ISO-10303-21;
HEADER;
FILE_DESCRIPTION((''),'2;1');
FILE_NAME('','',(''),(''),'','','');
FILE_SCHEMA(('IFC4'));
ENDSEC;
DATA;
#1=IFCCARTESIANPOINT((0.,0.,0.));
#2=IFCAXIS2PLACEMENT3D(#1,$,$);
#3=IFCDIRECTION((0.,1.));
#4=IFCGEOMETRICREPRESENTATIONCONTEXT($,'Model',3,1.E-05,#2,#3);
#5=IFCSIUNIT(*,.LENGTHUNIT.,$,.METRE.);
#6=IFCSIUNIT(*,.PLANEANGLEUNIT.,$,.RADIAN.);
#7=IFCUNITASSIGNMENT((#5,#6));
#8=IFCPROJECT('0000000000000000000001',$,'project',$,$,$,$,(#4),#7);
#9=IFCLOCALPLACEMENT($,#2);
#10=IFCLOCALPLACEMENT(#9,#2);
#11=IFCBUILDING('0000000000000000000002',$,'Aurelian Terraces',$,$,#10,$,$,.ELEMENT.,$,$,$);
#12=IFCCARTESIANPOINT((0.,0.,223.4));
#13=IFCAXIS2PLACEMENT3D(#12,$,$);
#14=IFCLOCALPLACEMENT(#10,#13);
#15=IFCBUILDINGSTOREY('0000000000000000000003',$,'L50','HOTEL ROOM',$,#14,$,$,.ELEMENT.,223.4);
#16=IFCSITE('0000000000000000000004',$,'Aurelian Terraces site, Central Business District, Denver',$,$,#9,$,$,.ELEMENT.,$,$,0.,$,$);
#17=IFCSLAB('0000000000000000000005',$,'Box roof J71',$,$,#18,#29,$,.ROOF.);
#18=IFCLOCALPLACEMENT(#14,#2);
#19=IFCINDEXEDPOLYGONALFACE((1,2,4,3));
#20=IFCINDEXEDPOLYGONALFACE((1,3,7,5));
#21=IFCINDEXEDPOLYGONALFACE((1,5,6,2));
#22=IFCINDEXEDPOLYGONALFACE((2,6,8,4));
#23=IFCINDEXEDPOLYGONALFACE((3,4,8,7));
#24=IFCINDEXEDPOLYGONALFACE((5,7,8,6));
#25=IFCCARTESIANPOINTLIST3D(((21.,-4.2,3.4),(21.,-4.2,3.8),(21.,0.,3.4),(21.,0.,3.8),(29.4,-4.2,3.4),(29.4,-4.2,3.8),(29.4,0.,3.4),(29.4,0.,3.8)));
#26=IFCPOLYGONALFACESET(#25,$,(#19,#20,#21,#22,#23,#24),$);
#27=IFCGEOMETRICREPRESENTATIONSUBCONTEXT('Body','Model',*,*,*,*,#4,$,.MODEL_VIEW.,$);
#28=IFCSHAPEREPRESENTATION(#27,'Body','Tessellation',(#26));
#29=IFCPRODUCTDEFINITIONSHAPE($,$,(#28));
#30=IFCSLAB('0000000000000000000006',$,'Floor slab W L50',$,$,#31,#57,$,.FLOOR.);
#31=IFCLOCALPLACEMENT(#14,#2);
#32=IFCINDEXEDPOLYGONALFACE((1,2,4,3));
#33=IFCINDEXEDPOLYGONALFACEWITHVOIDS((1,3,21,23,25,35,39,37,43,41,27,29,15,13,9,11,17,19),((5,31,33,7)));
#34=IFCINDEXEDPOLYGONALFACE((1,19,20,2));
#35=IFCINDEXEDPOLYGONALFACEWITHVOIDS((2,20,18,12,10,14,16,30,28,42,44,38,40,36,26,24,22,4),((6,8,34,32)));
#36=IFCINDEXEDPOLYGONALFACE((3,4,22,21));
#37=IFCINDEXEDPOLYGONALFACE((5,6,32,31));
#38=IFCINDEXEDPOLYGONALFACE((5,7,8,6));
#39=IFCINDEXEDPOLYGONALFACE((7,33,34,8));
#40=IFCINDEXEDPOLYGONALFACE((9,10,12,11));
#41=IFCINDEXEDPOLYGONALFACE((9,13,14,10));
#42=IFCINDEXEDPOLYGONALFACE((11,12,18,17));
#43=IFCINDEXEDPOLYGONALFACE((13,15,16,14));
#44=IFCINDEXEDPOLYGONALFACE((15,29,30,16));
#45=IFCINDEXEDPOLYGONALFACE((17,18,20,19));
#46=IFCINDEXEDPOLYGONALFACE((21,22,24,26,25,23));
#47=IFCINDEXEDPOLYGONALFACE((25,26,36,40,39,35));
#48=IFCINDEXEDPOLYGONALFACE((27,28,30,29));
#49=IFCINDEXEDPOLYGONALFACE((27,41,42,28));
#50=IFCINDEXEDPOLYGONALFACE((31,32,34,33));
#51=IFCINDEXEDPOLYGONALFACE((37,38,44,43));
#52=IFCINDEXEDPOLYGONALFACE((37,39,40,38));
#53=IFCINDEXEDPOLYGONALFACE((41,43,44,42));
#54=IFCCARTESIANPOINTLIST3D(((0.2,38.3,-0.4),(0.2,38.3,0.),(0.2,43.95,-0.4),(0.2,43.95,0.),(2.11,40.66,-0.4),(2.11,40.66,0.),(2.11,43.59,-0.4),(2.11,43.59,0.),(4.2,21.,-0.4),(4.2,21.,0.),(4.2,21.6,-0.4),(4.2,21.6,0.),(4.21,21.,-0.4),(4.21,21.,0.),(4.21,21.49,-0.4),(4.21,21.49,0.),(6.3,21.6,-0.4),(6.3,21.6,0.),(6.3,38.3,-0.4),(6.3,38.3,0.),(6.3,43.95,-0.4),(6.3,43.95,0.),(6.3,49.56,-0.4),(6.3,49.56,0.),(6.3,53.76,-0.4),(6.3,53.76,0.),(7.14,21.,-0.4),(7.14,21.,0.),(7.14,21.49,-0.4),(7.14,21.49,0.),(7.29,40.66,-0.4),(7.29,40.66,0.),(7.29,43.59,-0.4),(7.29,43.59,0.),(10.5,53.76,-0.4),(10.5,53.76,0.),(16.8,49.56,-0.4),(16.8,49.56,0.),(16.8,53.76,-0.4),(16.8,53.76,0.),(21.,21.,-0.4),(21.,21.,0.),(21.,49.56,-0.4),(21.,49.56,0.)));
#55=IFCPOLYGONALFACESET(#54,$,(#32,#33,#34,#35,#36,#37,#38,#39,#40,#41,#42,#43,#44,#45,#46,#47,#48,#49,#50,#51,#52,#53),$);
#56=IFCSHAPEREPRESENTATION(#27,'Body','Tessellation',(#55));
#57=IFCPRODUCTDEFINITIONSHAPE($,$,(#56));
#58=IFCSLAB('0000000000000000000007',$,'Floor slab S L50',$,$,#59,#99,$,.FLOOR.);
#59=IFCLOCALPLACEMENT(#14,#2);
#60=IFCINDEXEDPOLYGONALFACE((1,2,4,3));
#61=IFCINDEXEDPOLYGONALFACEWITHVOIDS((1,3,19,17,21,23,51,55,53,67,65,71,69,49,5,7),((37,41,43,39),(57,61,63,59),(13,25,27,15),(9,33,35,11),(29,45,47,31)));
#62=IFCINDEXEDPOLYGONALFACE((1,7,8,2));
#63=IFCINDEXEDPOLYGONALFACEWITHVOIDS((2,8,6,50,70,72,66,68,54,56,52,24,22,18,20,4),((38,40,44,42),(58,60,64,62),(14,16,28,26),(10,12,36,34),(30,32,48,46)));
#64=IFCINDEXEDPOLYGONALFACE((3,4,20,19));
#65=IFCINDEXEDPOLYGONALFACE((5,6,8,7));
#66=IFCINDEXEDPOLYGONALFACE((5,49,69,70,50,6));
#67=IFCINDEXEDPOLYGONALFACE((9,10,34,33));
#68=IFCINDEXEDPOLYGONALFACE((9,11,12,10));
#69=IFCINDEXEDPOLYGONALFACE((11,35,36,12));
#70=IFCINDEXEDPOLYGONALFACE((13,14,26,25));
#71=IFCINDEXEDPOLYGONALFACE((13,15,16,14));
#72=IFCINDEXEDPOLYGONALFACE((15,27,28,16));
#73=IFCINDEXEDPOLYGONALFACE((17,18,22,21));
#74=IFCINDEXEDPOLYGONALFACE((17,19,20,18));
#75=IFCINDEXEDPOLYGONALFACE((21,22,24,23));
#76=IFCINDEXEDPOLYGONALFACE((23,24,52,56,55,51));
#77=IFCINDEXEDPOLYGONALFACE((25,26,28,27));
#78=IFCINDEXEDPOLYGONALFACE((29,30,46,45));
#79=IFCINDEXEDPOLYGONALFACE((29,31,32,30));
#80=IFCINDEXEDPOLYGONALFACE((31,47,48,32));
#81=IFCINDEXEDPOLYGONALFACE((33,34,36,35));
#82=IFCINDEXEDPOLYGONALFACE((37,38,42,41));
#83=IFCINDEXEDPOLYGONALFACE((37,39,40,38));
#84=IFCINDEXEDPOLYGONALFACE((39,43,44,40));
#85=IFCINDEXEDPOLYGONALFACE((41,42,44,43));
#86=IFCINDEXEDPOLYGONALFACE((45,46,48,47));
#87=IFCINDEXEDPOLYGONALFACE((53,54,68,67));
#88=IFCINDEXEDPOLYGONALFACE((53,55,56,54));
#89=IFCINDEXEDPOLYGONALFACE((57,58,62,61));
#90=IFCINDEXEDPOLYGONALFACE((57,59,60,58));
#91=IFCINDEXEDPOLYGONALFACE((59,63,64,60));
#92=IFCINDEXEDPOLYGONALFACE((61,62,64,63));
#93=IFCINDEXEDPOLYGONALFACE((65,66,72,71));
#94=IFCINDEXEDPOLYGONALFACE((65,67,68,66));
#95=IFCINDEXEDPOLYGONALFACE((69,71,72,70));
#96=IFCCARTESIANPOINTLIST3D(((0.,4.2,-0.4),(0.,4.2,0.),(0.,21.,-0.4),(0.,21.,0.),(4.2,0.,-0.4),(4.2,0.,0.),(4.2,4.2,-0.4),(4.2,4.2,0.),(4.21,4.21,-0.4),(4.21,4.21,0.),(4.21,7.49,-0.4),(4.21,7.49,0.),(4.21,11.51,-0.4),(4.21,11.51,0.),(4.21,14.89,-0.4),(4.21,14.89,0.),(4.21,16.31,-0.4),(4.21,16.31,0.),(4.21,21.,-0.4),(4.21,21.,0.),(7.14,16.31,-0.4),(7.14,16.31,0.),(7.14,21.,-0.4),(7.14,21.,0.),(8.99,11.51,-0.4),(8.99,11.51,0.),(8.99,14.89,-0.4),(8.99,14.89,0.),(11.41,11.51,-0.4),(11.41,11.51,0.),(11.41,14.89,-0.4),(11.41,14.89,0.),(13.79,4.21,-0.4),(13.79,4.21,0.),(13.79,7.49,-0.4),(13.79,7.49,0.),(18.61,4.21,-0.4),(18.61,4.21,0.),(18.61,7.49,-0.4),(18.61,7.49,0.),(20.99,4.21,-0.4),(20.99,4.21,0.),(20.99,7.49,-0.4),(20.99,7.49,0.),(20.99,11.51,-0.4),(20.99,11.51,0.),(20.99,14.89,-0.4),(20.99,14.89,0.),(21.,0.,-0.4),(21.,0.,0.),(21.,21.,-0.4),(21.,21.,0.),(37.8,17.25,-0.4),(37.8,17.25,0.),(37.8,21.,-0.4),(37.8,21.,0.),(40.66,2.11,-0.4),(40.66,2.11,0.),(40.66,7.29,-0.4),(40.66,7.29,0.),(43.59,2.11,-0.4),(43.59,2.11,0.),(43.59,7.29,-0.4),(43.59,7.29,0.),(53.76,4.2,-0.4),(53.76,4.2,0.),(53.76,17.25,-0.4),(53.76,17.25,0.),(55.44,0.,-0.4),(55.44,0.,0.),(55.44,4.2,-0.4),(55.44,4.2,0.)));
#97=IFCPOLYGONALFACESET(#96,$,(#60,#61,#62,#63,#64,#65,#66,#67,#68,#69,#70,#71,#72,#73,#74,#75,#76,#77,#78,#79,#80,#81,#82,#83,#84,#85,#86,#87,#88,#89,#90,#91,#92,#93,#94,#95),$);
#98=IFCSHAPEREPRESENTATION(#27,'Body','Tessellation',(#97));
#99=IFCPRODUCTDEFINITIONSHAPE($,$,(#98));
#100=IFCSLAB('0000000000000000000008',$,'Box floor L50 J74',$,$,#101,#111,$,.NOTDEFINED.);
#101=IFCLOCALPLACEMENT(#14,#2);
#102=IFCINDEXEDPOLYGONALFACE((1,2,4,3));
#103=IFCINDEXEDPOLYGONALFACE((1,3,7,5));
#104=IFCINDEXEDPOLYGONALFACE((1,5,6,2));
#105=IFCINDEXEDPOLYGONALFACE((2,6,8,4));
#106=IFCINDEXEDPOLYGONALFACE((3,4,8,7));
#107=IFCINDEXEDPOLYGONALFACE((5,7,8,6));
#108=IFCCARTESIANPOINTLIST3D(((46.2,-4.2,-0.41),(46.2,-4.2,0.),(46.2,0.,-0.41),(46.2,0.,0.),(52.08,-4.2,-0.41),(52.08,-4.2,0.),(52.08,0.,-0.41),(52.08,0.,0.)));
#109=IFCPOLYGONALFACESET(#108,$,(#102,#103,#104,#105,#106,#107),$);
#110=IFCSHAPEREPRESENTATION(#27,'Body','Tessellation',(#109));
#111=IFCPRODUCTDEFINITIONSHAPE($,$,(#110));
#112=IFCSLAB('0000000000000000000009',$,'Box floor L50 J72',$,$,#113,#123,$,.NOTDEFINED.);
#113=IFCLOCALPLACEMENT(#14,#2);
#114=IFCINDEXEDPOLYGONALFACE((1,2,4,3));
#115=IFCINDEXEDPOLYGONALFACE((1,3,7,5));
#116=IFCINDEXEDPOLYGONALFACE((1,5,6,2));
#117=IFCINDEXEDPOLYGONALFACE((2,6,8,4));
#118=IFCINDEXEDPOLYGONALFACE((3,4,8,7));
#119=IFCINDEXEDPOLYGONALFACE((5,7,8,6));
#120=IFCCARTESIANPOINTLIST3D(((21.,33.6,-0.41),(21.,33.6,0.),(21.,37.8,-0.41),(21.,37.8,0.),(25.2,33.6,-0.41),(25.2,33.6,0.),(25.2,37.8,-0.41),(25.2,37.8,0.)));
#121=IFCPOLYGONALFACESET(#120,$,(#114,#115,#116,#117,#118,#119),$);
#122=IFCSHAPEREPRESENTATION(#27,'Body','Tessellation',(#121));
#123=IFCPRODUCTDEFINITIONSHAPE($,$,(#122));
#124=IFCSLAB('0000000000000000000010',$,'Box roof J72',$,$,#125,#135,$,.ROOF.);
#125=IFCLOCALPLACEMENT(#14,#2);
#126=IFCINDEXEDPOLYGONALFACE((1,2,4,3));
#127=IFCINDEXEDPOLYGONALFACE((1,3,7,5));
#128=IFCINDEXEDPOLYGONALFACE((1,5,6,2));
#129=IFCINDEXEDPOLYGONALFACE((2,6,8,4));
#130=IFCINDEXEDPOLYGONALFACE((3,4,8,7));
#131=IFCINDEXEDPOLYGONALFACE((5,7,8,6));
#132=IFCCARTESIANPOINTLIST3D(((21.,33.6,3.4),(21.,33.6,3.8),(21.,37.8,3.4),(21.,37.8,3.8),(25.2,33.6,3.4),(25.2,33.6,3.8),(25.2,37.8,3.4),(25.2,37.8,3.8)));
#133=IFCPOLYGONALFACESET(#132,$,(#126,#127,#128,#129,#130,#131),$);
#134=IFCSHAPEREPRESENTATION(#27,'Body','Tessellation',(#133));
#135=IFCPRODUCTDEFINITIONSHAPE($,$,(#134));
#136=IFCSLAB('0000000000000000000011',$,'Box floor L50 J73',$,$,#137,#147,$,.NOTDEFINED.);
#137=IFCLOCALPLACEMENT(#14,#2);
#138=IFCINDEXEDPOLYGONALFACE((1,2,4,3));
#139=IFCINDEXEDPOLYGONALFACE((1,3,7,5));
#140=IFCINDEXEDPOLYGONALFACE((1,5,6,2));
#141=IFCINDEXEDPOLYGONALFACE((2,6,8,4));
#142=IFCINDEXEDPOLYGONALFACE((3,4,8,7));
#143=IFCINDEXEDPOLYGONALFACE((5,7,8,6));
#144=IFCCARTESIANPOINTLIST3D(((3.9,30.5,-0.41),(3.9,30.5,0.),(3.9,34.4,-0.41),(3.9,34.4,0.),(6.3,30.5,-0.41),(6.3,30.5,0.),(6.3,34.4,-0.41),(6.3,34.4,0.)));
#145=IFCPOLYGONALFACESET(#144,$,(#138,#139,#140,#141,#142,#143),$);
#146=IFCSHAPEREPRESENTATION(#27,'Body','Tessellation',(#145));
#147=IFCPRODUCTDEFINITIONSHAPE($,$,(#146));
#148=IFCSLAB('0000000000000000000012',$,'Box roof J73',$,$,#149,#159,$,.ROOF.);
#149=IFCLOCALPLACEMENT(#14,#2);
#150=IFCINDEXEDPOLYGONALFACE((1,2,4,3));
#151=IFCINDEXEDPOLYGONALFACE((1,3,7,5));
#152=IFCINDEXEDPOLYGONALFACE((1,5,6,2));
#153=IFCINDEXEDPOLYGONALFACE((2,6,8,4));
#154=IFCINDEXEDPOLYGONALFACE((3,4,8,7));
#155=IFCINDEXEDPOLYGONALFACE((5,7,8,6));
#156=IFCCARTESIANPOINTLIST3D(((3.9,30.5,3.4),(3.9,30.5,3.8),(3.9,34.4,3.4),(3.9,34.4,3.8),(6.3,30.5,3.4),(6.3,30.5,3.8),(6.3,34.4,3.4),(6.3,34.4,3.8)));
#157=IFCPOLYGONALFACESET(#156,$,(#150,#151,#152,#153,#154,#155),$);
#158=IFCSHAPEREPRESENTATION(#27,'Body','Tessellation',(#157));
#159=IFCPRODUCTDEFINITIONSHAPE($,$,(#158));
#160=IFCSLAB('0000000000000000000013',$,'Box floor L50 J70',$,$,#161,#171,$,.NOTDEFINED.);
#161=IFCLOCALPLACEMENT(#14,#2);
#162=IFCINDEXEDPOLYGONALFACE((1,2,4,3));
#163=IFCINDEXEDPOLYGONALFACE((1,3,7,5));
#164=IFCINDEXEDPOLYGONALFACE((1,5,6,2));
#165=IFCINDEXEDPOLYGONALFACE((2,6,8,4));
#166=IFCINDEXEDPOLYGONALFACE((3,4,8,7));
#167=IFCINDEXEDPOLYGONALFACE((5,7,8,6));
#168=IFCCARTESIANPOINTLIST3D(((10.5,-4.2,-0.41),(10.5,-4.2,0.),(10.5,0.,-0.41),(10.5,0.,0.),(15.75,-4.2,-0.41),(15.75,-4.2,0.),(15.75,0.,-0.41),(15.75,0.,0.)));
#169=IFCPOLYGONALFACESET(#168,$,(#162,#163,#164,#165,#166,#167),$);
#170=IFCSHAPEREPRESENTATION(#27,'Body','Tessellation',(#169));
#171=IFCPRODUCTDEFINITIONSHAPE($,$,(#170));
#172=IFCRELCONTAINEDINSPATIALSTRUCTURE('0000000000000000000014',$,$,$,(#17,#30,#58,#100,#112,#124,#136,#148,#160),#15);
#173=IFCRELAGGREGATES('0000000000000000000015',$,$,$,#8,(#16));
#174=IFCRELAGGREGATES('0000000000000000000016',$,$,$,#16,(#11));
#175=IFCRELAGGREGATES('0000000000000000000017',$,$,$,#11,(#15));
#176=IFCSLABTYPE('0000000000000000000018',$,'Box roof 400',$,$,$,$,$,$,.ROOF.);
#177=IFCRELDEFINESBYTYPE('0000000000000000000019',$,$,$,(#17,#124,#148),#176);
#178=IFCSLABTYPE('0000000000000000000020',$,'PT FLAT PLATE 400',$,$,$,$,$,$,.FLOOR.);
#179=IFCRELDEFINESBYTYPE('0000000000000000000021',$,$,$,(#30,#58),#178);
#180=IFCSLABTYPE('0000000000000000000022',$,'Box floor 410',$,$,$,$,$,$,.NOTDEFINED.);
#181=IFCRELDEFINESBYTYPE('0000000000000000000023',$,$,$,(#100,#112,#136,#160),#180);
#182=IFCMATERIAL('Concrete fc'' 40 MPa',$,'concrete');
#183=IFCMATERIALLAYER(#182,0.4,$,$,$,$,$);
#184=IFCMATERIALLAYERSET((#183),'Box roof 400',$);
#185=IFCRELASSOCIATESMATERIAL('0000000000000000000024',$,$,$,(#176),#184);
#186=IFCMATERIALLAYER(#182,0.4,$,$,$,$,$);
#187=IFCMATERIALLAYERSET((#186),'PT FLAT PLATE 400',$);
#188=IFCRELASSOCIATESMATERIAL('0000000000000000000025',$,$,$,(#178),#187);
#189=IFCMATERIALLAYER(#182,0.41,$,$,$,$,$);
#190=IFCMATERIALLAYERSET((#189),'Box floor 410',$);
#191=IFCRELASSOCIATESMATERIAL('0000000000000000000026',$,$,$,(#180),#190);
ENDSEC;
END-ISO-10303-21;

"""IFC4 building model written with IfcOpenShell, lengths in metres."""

from ifc_helpers import new_model, si_unit, direction, frame, origin, place, context, subcontext, project, spatial, polyline, outline, extrude, source, transform, mapped, material, layer, layer_set, type_object, element, save


model = new_model("IFC4")

# Units and contexts
model_context = context("Model", 3, precision=1e-05, world=origin(), true_north=direction((0.0, 1.0)))
body_context = subcontext(model_context, "Body", "Model", "MODEL_VIEW")
ifc_project = project(units=[si_unit("LENGTHUNIT", "METRE"), si_unit("PLANEANGLEUNIT", "RADIAN")], contexts=[model_context])

# Site, building, storey
site_placement = place(None, origin())
site = spatial("IfcSite", under=ifc_project, at=site_placement, Name="Aurelian Terraces site, Central Business District, Denver", CompositionType="ELEMENT", RefElevation=0.0)
building_placement = place(site_placement, origin())
building = spatial("IfcBuilding", under=site, at=building_placement, Name="Aurelian Terraces", CompositionType="ELEMENT")
storey_placement = place(building_placement, frame((0.0, 0.0, 223.4)))
storey = spatial("IfcBuildingStorey", under=building, at=storey_placement, Name="L50", Description="HOTEL ROOM", CompositionType="ELEMENT", Elevation=223.4)

# Slabs
ifc_material_1 = material(Name="Concrete fc' 40 MPa", Category="concrete")
ifc_layer_1 = layer(ifc_material_1, 0.4)
ifc_layer_set_1 = layer_set([ifc_layer_1], Name="Box roof 400")
slab_type_1 = type_object("IfcSlabType", Name="Box roof 400", PredefinedType="ROOF", material=ifc_layer_set_1)
slab_1_placement = place(storey_placement, frame((0.0, 0.0, 3.4)))
element("IfcSlab", 1, at=slab_1_placement, inside=storey, type_object=slab_type_1, Name="Box roof J71", PredefinedType="ROOF", context=body_context, shape_type="SweptSolid", body=[
    extrude(outline(polyline([(21.0, -4.2), (29.4, -4.2), (29.4, 0.0), (21.0, 0.0), (21.0, -4.2)])), origin(), (0.0, 0.0, 1.0), 0.4),
])
ifc_layer_2 = layer(ifc_material_1, 0.4)
ifc_layer_set_2 = layer_set([ifc_layer_2], Name="PT FLAT PLATE 400")
slab_type_2 = type_object("IfcSlabType", Name="PT FLAT PLATE 400", PredefinedType="FLOOR", material=ifc_layer_set_2)
shared_shape_1 = source(origin(), body_context, "Body", "SweptSolid", [
    extrude(outline(polyline([(6.3, 43.95), (6.3, 49.56), (6.3, 53.76), (10.5, 53.76), (16.8, 53.76), (16.8, 49.56), (21.0, 49.56), (21.0, 21.0), (7.14, 21.0), (7.14, 21.49), (4.21, 21.49), (4.21, 21.0), (4.2, 21.0), (4.2, 21.6), (6.3, 21.6), (6.3, 38.3), (0.2, 38.3), (0.2, 43.95), (6.3, 43.95)]), holes=[polyline([(7.29, 43.59), (2.11, 43.59), (2.11, 40.66), (7.29, 40.66), (7.29, 43.59)])]), origin(), (0.0, 0.0, 1.0), 0.4),
])
slab_2_placement = place(storey_placement, frame((0.0, 0.0, -0.4)))
element("IfcSlab", 2, at=slab_2_placement, inside=storey, type_object=slab_type_2, Name="Floor slab W L50", PredefinedType="FLOOR", context=body_context, shape_type="MappedRepresentation", body=[
    mapped(shared_shape_1, transform((0.0, 0.0, 0.0), scale=1.0)),
])
shared_shape_2 = source(origin(), body_context, "Body", "SweptSolid", [
    extrude(outline(polyline([(21.0, 0.0), (4.2, 0.0), (4.2, 4.2), (0.0, 4.2), (0.0, 21.0), (4.21, 21.0), (4.21, 16.31), (7.14, 16.31), (7.14, 21.0), (21.0, 21.0), (37.8, 21.0), (37.8, 17.25), (53.76, 17.25), (53.76, 4.2), (55.44, 4.2), (55.44, 0.0), (21.0, 0.0)]), holes=[polyline([(40.66, 2.11), (43.59, 2.11), (43.59, 7.29), (40.66, 7.29), (40.66, 2.11)]), polyline([(18.61, 7.49), (18.61, 4.21), (20.99, 4.21), (20.99, 7.49), (18.61, 7.49)]), polyline([(20.99, 14.89), (11.41, 14.89), (11.41, 11.51), (20.99, 11.51), (20.99, 14.89)]), polyline([(4.21, 7.49), (4.21, 4.21), (13.79, 4.21), (13.79, 7.49), (4.21, 7.49)]), polyline([(4.21, 14.89), (4.21, 11.51), (8.99, 11.51), (8.99, 14.89), (4.21, 14.89)])]), origin(), (0.0, 0.0, 1.0), 0.4),
])
slab_3_placement = place(storey_placement, frame((0.0, 0.0, -0.4)))
element("IfcSlab", 3, at=slab_3_placement, inside=storey, type_object=slab_type_2, Name="Floor slab S L50", PredefinedType="FLOOR", context=body_context, shape_type="MappedRepresentation", body=[
    mapped(shared_shape_2, transform((0.0, 0.0, 0.0), scale=1.0)),
])
ifc_layer_3 = layer(ifc_material_1, 0.41)
ifc_layer_set_3 = layer_set([ifc_layer_3], Name="Box floor 410")
slab_type_3 = type_object("IfcSlabType", Name="Box floor 410", PredefinedType="NOTDEFINED", material=ifc_layer_set_3)
shared_shape_3 = source(origin(), body_context, "Body", "SweptSolid", [
    extrude(outline(polyline([(46.2, -4.2), (52.08, -4.2), (52.08, 0.0), (46.2, 0.0), (46.2, -4.2)])), origin(), (0.0, 0.0, 1.0), 0.41),
])
slab_4_placement = place(storey_placement, frame((0.0, 0.0, -0.41)))
element("IfcSlab", 4, at=slab_4_placement, inside=storey, type_object=slab_type_3, Name="Box floor L50 J74", PredefinedType="NOTDEFINED", context=body_context, shape_type="MappedRepresentation", body=[
    mapped(shared_shape_3, transform((0.0, 0.0, 0.0), scale=1.0)),
])
shared_shape_4 = source(origin(), body_context, "Body", "SweptSolid", [
    extrude(outline(polyline([(25.2, 33.6), (25.2, 37.8), (21.0, 37.8), (21.0, 33.6), (25.2, 33.6)])), origin(), (0.0, 0.0, 1.0), 0.41),
])
slab_5_placement = place(storey_placement, frame((0.0, 0.0, -0.41)))
element("IfcSlab", 5, at=slab_5_placement, inside=storey, type_object=slab_type_3, Name="Box floor L50 J72", PredefinedType="NOTDEFINED", context=body_context, shape_type="MappedRepresentation", body=[
    mapped(shared_shape_4, transform((0.0, 0.0, 0.0), scale=1.0)),
])
shared_shape_5 = source(origin(), body_context, "Body", "SweptSolid", [
    extrude(outline(polyline([(25.2, 33.6), (25.2, 37.8), (21.0, 37.8), (21.0, 33.6), (25.2, 33.6)])), origin(), (0.0, 0.0, 1.0), 0.4),
])
slab_6_placement = place(storey_placement, frame((0.0, 0.0, 3.4)))
element("IfcSlab", 6, at=slab_6_placement, inside=storey, type_object=slab_type_1, Name="Box roof J72", PredefinedType="ROOF", context=body_context, shape_type="MappedRepresentation", body=[
    mapped(shared_shape_5, transform((0.0, 0.0, 0.0), scale=1.0)),
])
shared_shape_6 = source(origin(), body_context, "Body", "SweptSolid", [
    extrude(outline(polyline([(3.9, 34.4), (3.9, 30.5), (6.3, 30.5), (6.3, 34.4), (3.9, 34.4)])), origin(), (0.0, 0.0, 1.0), 0.41),
])
slab_7_placement = place(storey_placement, frame((0.0, 0.0, -0.41)))
element("IfcSlab", 7, at=slab_7_placement, inside=storey, type_object=slab_type_3, Name="Box floor L50 J73", PredefinedType="NOTDEFINED", context=body_context, shape_type="MappedRepresentation", body=[
    mapped(shared_shape_6, transform((0.0, 0.0, 0.0), scale=1.0)),
])
shared_shape_7 = source(origin(), body_context, "Body", "SweptSolid", [
    extrude(outline(polyline([(3.9, 34.4), (3.9, 30.5), (6.3, 30.5), (6.3, 34.4), (3.9, 34.4)])), origin(), (0.0, 0.0, 1.0), 0.4),
])
slab_8_placement = place(storey_placement, frame((0.0, 0.0, 3.4)))
element("IfcSlab", 8, at=slab_8_placement, inside=storey, type_object=slab_type_1, Name="Box roof J73", PredefinedType="ROOF", context=body_context, shape_type="MappedRepresentation", body=[
    mapped(shared_shape_7, transform((0.0, 0.0, 0.0), scale=1.0)),
])
shared_shape_8 = source(origin(), body_context, "Body", "SweptSolid", [
    extrude(outline(polyline([(10.5, -4.2), (15.75, -4.2), (15.75, 0.0), (10.5, 0.0), (10.5, -4.2)])), origin(), (0.0, 0.0, 1.0), 0.41),
])
slab_9_placement = place(storey_placement, frame((0.0, 0.0, -0.41)))
element("IfcSlab", 9, at=slab_9_placement, inside=storey, type_object=slab_type_3, Name="Box floor L50 J70", PredefinedType="NOTDEFINED", context=body_context, shape_type="MappedRepresentation", body=[
    mapped(shared_shape_8, transform((0.0, 0.0, 0.0), scale=1.0)),
])

save(model, "model.ifc")
